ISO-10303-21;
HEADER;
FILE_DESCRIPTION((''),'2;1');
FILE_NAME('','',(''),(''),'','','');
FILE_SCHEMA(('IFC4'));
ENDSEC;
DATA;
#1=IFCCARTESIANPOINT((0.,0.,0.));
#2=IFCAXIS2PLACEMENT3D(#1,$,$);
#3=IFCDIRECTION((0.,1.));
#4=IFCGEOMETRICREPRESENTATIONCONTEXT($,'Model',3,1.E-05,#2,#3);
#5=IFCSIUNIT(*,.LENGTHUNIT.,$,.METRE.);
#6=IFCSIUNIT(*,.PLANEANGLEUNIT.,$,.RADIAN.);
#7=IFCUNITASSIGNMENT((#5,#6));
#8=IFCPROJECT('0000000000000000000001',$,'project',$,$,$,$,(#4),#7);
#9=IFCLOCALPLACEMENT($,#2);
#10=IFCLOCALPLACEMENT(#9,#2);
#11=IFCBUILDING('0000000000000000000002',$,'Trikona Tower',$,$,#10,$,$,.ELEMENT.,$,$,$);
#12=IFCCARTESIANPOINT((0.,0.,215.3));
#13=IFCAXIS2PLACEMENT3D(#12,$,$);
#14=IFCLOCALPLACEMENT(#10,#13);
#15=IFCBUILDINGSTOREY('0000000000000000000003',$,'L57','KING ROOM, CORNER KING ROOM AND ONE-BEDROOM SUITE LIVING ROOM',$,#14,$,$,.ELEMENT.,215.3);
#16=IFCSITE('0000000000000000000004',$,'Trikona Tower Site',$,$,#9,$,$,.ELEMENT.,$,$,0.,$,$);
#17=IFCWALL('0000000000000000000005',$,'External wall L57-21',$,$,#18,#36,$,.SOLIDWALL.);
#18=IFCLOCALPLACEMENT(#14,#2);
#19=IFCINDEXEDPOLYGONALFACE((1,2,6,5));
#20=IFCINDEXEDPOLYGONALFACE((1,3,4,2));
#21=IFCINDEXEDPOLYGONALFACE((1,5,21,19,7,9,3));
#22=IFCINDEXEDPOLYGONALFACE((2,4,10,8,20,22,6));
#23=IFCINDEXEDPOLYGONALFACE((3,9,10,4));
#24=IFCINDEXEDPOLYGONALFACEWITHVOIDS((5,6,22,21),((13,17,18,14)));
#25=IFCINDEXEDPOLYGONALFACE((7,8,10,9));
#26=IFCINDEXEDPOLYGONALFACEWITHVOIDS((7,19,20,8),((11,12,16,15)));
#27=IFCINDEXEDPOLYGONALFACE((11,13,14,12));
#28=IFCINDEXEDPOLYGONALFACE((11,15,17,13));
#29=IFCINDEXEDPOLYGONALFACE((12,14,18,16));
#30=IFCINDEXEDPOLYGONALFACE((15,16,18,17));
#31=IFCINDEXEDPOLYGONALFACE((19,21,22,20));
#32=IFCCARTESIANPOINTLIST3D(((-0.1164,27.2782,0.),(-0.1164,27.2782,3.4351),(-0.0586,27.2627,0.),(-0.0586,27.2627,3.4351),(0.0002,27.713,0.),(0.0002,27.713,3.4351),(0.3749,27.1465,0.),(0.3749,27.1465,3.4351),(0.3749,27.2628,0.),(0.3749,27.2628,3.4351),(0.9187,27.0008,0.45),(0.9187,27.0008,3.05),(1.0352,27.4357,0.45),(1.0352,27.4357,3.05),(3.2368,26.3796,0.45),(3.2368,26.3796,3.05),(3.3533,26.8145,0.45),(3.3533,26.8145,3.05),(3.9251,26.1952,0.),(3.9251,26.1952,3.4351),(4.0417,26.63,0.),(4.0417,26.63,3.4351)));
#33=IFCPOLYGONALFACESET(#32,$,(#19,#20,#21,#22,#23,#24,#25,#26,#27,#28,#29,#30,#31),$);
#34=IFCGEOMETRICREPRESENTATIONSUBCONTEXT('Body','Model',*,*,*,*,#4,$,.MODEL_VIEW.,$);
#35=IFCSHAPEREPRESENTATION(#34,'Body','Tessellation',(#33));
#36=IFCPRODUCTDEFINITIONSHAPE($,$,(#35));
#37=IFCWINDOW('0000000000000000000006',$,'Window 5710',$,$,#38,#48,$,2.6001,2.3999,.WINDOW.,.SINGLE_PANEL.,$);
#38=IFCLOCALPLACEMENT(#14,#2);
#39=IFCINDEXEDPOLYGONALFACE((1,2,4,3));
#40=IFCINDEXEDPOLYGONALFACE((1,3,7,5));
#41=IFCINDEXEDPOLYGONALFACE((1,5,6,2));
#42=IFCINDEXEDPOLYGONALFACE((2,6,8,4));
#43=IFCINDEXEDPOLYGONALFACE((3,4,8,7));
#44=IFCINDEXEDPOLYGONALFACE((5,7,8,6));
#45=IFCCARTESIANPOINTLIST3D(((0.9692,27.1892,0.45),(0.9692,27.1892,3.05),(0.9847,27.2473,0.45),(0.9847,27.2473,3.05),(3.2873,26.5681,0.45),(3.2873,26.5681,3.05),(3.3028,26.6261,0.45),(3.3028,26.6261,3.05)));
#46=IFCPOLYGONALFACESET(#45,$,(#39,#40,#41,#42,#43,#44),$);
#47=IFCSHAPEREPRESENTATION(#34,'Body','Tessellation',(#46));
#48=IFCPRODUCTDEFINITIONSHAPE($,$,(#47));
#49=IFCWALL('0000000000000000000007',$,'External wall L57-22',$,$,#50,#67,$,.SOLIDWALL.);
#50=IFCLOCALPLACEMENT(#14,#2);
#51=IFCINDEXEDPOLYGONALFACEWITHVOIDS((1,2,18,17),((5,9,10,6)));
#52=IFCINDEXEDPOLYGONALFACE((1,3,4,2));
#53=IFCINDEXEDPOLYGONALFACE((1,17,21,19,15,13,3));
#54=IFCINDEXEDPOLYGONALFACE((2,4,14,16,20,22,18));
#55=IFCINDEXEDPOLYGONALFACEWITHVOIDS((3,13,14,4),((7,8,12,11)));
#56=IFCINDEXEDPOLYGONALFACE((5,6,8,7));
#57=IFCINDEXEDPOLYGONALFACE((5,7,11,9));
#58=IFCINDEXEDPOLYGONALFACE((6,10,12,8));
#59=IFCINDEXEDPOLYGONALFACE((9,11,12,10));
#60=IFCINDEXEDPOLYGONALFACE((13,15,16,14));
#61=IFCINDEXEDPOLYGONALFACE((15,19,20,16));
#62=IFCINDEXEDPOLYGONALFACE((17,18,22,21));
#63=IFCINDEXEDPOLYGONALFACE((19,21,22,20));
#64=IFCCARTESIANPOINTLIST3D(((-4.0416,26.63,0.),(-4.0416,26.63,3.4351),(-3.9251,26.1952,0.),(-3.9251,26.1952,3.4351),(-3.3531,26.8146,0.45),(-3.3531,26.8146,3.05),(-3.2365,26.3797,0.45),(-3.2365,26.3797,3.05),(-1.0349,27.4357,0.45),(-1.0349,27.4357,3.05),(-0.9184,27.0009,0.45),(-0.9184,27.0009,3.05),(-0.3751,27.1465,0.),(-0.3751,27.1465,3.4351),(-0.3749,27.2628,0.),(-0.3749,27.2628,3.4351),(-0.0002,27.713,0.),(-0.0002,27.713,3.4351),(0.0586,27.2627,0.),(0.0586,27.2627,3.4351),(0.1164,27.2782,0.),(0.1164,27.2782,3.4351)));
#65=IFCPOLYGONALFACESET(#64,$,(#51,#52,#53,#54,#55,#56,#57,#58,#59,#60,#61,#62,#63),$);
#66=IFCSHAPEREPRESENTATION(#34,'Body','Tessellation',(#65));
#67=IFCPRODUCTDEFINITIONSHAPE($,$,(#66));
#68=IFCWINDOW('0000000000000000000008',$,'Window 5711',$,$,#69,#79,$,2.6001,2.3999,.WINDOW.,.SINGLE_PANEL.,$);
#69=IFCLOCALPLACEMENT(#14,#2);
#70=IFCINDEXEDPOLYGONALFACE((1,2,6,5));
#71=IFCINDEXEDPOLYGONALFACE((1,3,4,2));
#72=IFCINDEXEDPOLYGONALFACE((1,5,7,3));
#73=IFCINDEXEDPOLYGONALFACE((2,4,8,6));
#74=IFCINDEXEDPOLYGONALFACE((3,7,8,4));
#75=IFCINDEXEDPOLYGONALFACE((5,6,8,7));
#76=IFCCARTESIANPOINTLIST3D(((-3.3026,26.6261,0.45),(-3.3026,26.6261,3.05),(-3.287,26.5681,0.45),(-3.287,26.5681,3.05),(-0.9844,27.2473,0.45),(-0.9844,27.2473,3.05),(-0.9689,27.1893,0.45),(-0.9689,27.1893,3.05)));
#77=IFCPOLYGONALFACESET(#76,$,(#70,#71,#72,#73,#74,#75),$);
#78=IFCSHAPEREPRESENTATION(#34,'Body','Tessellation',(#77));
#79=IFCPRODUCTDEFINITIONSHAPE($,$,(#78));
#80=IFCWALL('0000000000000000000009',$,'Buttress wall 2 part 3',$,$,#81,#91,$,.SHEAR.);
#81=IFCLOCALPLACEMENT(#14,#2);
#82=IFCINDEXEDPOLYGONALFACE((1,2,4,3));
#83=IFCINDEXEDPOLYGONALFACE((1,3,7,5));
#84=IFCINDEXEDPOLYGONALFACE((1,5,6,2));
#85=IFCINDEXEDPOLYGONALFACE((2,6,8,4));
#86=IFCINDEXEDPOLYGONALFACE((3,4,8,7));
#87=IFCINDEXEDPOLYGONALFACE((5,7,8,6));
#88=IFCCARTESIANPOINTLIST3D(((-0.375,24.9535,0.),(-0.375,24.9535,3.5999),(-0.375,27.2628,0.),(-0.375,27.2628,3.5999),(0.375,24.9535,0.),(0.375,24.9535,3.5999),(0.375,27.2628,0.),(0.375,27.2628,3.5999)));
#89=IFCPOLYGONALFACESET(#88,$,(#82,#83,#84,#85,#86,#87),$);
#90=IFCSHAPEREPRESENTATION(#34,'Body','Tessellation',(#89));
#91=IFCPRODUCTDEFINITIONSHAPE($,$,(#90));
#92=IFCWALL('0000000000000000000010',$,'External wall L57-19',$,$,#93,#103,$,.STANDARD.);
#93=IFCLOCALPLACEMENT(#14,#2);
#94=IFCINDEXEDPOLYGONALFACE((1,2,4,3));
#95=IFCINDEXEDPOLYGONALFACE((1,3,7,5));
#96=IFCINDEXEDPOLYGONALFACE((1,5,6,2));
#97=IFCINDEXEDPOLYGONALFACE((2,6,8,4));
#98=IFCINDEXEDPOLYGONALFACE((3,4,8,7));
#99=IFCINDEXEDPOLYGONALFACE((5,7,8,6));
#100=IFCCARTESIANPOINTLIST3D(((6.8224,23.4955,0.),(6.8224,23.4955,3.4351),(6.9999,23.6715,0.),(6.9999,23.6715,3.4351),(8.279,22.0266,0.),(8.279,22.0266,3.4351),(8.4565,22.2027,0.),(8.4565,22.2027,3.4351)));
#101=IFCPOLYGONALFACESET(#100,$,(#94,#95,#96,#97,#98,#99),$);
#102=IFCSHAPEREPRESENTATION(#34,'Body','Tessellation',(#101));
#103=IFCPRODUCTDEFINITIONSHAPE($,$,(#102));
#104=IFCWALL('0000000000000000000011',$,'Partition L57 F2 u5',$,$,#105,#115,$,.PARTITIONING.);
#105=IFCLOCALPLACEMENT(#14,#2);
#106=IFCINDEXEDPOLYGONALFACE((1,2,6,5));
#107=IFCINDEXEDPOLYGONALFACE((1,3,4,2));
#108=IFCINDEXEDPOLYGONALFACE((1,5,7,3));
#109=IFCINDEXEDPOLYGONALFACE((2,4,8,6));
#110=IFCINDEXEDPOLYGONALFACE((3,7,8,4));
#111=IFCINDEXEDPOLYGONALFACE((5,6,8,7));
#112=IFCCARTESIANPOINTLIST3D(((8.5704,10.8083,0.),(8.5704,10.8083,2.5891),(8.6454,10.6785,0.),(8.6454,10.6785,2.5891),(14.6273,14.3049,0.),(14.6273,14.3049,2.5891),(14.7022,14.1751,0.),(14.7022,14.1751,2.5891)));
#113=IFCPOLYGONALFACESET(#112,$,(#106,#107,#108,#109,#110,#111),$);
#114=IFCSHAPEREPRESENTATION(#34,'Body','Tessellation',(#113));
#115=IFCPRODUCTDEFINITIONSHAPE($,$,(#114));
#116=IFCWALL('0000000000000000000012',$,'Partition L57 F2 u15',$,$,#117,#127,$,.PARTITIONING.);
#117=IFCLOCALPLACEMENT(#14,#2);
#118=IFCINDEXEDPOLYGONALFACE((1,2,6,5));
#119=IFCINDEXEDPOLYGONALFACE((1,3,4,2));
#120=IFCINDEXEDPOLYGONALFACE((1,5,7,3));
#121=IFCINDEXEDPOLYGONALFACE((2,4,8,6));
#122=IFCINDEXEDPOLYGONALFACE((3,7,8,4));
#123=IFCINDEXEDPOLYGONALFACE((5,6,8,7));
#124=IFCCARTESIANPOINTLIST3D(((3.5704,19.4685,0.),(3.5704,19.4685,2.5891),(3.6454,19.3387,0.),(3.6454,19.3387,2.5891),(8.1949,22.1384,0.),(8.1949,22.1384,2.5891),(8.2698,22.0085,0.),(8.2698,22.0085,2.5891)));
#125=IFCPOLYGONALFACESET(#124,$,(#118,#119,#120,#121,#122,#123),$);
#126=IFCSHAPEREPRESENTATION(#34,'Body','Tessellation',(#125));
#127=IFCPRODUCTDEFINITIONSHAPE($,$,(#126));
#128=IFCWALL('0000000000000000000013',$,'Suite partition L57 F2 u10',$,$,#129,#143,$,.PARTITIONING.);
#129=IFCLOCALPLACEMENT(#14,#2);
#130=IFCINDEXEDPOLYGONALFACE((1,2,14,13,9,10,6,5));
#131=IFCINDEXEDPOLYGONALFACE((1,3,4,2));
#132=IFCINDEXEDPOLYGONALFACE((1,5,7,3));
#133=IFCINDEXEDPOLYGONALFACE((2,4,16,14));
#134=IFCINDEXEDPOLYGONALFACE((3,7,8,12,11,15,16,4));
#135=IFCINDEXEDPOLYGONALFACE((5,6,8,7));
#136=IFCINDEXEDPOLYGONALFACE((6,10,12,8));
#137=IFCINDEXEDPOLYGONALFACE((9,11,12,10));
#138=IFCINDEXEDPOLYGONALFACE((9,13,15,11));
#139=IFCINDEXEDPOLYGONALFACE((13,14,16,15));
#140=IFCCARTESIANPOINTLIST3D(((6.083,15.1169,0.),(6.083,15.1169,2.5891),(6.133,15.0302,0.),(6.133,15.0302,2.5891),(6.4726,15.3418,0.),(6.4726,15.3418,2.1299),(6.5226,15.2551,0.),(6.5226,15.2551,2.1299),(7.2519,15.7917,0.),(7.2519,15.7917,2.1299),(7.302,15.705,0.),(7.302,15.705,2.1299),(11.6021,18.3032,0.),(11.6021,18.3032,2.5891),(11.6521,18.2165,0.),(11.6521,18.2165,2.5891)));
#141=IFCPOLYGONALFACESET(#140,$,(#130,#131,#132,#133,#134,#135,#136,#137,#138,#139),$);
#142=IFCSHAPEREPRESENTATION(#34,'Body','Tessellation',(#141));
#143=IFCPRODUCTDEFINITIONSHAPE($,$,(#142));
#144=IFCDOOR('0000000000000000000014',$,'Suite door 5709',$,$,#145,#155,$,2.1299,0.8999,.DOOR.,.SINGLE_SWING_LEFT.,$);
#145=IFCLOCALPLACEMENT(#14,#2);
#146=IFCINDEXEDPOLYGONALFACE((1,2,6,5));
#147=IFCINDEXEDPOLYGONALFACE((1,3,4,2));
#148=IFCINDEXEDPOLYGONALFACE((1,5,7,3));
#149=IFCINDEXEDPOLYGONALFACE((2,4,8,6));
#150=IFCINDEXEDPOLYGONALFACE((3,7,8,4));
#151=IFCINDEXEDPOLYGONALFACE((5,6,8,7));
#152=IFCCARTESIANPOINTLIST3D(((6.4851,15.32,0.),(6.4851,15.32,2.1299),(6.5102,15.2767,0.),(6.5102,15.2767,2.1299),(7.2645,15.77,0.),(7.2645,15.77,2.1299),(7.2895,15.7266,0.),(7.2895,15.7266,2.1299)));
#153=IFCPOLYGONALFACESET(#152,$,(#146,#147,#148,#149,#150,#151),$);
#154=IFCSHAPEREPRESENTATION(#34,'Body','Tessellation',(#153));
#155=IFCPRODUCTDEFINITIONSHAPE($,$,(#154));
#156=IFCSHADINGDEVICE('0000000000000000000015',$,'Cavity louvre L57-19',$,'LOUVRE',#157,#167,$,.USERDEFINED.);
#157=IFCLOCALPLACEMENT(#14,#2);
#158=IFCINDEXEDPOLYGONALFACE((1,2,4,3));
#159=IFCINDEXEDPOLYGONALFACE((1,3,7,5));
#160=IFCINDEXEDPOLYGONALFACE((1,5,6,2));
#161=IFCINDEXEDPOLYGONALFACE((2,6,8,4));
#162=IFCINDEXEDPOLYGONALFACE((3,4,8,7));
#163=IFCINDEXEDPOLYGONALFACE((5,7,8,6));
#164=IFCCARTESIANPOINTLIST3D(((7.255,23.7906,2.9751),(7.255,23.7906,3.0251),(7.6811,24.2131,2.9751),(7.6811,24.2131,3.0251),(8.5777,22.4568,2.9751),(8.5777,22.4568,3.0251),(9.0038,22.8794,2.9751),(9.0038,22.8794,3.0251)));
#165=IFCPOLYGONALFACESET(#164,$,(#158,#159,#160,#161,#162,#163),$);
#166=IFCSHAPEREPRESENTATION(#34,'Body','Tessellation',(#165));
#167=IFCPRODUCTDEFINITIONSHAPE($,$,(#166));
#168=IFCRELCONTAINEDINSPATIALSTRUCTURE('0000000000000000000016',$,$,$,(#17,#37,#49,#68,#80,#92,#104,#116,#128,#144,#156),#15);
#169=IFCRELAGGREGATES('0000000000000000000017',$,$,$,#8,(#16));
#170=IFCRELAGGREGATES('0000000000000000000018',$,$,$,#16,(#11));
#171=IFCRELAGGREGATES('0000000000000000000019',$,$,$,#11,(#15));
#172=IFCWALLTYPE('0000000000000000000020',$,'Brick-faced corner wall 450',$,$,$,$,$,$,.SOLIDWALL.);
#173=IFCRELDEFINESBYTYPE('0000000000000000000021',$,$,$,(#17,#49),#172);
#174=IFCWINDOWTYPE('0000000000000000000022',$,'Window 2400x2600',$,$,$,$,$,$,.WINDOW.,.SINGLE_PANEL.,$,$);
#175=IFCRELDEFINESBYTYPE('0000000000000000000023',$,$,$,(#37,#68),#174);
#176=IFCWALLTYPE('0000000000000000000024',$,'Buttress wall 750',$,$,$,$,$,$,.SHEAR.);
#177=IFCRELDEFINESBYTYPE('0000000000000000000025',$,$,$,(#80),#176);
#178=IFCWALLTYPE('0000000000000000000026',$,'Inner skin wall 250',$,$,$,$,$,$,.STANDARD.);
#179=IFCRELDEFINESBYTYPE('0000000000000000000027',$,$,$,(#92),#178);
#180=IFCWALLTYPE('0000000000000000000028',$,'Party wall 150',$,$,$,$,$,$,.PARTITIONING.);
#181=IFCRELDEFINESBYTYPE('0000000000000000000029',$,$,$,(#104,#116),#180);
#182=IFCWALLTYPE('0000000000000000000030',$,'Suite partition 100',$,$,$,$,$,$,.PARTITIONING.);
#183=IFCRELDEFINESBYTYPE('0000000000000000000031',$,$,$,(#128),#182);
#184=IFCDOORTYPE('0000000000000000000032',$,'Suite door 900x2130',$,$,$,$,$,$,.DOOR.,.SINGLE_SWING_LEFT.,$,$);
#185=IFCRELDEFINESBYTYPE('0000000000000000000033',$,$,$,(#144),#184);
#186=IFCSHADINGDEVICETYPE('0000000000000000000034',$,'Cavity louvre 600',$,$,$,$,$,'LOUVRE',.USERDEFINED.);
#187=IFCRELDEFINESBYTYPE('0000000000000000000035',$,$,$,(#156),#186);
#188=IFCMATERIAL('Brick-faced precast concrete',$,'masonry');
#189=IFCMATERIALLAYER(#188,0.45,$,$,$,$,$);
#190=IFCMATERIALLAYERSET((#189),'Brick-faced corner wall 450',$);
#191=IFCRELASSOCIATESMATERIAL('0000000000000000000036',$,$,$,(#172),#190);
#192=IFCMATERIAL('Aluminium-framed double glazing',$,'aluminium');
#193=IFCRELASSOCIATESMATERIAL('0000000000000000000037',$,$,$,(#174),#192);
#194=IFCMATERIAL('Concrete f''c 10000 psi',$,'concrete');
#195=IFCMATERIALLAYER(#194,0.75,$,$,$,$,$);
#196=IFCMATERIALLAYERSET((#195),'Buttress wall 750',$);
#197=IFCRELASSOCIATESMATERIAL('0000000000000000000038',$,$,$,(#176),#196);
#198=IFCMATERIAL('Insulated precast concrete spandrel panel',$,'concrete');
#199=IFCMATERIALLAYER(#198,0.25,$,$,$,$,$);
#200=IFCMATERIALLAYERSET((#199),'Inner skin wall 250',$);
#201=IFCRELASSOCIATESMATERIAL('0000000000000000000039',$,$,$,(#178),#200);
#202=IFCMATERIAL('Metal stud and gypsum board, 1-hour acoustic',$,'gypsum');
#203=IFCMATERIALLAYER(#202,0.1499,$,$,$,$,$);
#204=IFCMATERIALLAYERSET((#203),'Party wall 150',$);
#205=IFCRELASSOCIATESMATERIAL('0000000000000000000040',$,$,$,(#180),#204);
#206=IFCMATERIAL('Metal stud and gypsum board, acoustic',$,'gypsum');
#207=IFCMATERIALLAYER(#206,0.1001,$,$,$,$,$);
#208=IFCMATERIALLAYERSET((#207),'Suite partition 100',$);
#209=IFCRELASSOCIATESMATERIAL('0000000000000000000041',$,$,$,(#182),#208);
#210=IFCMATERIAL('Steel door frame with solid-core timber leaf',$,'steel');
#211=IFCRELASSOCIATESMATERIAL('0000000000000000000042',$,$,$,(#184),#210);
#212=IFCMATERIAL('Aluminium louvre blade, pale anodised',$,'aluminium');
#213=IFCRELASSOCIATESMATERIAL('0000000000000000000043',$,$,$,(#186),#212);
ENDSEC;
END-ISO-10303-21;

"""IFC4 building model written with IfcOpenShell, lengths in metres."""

from ifc_helpers import new_model, si_unit, direction, frame, frame_2d, origin, origin_2d, place, context, subcontext, project, spatial, polyline, rectangle, outline, extrude, material, layer, layer_set, type_object, element, fill, save


model = new_model("IFC4")

# Units and contexts
model_context = context("Model", 3, precision=1e-05, world=origin(), true_north=direction((0.0, 1.0)))
body_context = subcontext(model_context, "Body", "Model", "MODEL_VIEW")
ifc_project = project(units=[si_unit("LENGTHUNIT", "METRE"), si_unit("PLANEANGLEUNIT", "RADIAN")], contexts=[model_context])

# Site, building, storey
site_placement = place(None, origin())
site = spatial("IfcSite", under=ifc_project, at=site_placement, Name="Trikona Tower Site", CompositionType="ELEMENT", RefElevation=0.0)
building_placement = place(site_placement, origin())
building = spatial("IfcBuilding", under=site, at=building_placement, Name="Trikona Tower", CompositionType="ELEMENT")
storey_placement = place(building_placement, frame((0.0, 0.0, 215.3)))
storey = spatial("IfcBuildingStorey", under=building, at=storey_placement, Name="L57", Description="KING ROOM, CORNER KING ROOM AND ONE-BEDROOM SUITE LIVING ROOM", CompositionType="ELEMENT", Elevation=215.3)

# Walls, openings, windows
ifc_material_1 = material(Name="Brick-faced precast concrete", Category="masonry")
ifc_layer_1 = layer(ifc_material_1, 0.45)
ifc_layer_set_1 = layer_set([ifc_layer_1], Name="Brick-faced corner wall 450")
wall_type_1 = type_object("IfcWallType", Name="Brick-faced corner wall 450", PredefinedType="SOLIDWALL", material=ifc_layer_set_1)
wall_1_placement = place(storey_placement, frame((3.9834, 26.4126, 0.0), z_axis=(0.0, 0.0, 1.0), x_axis=(-0.96592, 0.258839, 0.0)))
wall_1 = element("IfcWall", 1, at=wall_1_placement, inside=storey, type_object=wall_type_1, Name="External wall L57-21", PredefinedType="SOLIDWALL", context=body_context, shape_type="SweptSolid", body=[
    extrude(outline(polyline([(4.1841, 0.2251), (4.1243, 0.2251), (3.7056, 0.1128), (3.6755, 0.2251), (0.0, 0.2251), (0.0, -0.2251), (4.1841, -0.2251), (4.1841, 0.2251)])), origin(), (0.0, 0.0, 1.0), 3.4351),
])
opening_1_placement = place(wall_1_placement, frame((0.7126, 0.0, 0.45)))
opening_1 = element("IfcOpeningElement", 2, at=opening_1_placement, cuts=wall_1, PredefinedType="OPENING", context=body_context, shape_type="SweptSolid", body=[
    extrude(rectangle(XDim=2.3999, YDim=2.6001, at=frame_2d((1.2, 1.3))), frame((0.0, 0.2349, 0.0), z_axis=(0.0, -1.0, 0.0), x_axis=(1.0, 0.0, 0.0)), (0.0, 0.0, 1.0), 0.47),
])
ifc_material_2 = material(Name="Aluminium-framed double glazing", Category="aluminium")
window_type_1 = type_object("IfcWindowType", Name="Window 2400x2600", PartitioningType="SINGLE_PANEL", PredefinedType="WINDOW", material=ifc_material_2)
window_1_placement = place(opening_1_placement, origin())
window_1 = element("IfcWindow", 3, at=window_1_placement, inside=storey, type_object=window_type_1, Name="Window 5710", OverallHeight=2.6001, OverallWidth=2.3999, PartitioningType="SINGLE_PANEL", PredefinedType="WINDOW", context=body_context, shape_type="SweptSolid", body=[
    extrude(rectangle(XDim=2.3999, YDim=2.6001, at=frame_2d((1.2, 1.3))), frame((0.0, 0.03, 0.0), z_axis=(0.0, -1.0, 0.0), x_axis=(1.0, 0.0, 0.0)), (0.0, 0.0, 1.0), 0.0601),
])
fill(opening_1, window_1)
wall_2_placement = place(storey_placement, frame((0.0581, 27.4956, 0.0), z_axis=(0.0, 0.0, 1.0), x_axis=(-0.96592, -0.258839, 0.0)))
wall_2 = element("IfcWall", 4, at=wall_2_placement, inside=storey, type_object=wall_type_1, Name="External wall L57-22", PredefinedType="SOLIDWALL", context=body_context, shape_type="SweptSolid", body=[
    extrude(outline(polyline([(4.1841, 0.2251), (0.5088, 0.2251), (0.4785, 0.1128), (0.0598, 0.2251), (0.0, 0.2251), (0.0, -0.2251), (4.1841, -0.2251), (4.1841, 0.2251)])), origin(), (0.0, 0.0, 1.0), 3.4351),
])
opening_2_placement = place(wall_2_placement, frame((1.0713, 0.0, 0.45)))
opening_2 = element("IfcOpeningElement", 5, at=opening_2_placement, cuts=wall_2, PredefinedType="OPENING", context=body_context, shape_type="SweptSolid", body=[
    extrude(rectangle(XDim=2.3999, YDim=2.6001, at=frame_2d((1.2, 1.3))), frame((0.0, 0.2349, 0.0), z_axis=(0.0, -1.0, 0.0), x_axis=(1.0, 0.0, 0.0)), (0.0, 0.0, 1.0), 0.47),
])
window_2_placement = place(opening_2_placement, origin())
window_2 = element("IfcWindow", 6, at=window_2_placement, inside=storey, type_object=window_type_1, Name="Window 5711", OverallHeight=2.6001, OverallWidth=2.3999, PartitioningType="SINGLE_PANEL", PredefinedType="WINDOW", context=body_context, shape_type="SweptSolid", body=[
    extrude(rectangle(XDim=2.3999, YDim=2.6001, at=frame_2d((1.2, 1.3))), frame((0.0, 0.03, 0.0), z_axis=(0.0, -1.0, 0.0), x_axis=(1.0, 0.0, 0.0)), (0.0, 0.0, 1.0), 0.0601),
])
fill(opening_2, window_2)

# Walls
ifc_material_3 = material(Name="Concrete f'c 10000 psi", Category="concrete")
ifc_layer_2 = layer(ifc_material_3, 0.75)
ifc_layer_set_2 = layer_set([ifc_layer_2], Name="Buttress wall 750")
wall_type_2 = type_object("IfcWallType", Name="Buttress wall 750", PredefinedType="SHEAR", material=ifc_layer_set_2)
wall_3_placement = place(storey_placement, frame((0.0, 24.9534, 0.0), z_axis=(0.0, 0.0, 1.0), x_axis=(0.0, 1.0, 0.0)))
element("IfcWall", 7, at=wall_3_placement, inside=storey, type_object=wall_type_2, Name="Buttress wall 2 part 3", PredefinedType="SHEAR", context=body_context, shape_type="SweptSolid", body=[
    extrude(rectangle(XDim=2.3093, YDim=0.75, at=frame_2d((1.1548, 0.0))), origin(), (0.0, 0.0, 1.0), 3.5999),
])
ifc_material_4 = material(Name="Insulated precast concrete spandrel panel", Category="concrete")
ifc_layer_3 = layer(ifc_material_4, 0.25)
ifc_layer_set_3 = layer_set([ifc_layer_3], Name="Inner skin wall 250")
wall_type_3 = type_object("IfcWallType", Name="Inner skin wall 250", PredefinedType="STANDARD", material=ifc_layer_set_3)
wall_4_placement = place(storey_placement, frame((8.3677, 22.1147, 0.0), z_axis=(0.0, 0.0, 1.0), x_axis=(-0.70415, 0.710051, 0.0)))
element("IfcWall", 8, at=wall_4_placement, inside=storey, type_object=wall_type_3, Name="External wall L57-19", PredefinedType="STANDARD", context=body_context, shape_type="SweptSolid", body=[
    extrude(rectangle(XDim=2.0686, YDim=0.25, at=frame_2d((1.0342, 0.0))), origin(), (0.0, 0.0, 1.0), 3.4351),
])
ifc_material_5 = material(Name="Metal stud and gypsum board, 1-hour acoustic", Category="gypsum")
ifc_layer_4 = layer(ifc_material_5, 0.1499)
ifc_layer_set_4 = layer_set([ifc_layer_4], Name="Party wall 150")
wall_type_4 = type_object("IfcWallType", Name="Party wall 150", PredefinedType="PARTITIONING", material=ifc_layer_set_4)
wall_5_placement = place(storey_placement, frame((8.6079, 10.7434, 0.0), z_axis=(0.0, 0.0, 1.0), x_axis=(0.866048, 0.499961, 0.0)))
element("IfcWall", 9, at=wall_5_placement, inside=storey, type_object=wall_type_4, Name="Partition L57 F2 u5", PredefinedType="PARTITIONING", context=body_context, shape_type="SweptSolid", body=[
    extrude(rectangle(XDim=6.9937, YDim=0.1499, at=frame_2d((3.4968, 0.0))), origin(), (0.0, 0.0, 1.0), 2.5891),
])
wall_6_placement = place(storey_placement, frame((3.6079, 19.4036, 0.0), z_axis=(0.0, 0.0, 1.0), x_axis=(0.866029, 0.499994, 0.0)))
element("IfcWall", 10, at=wall_6_placement, inside=storey, type_object=wall_type_4, Name="Partition L57 F2 u15", PredefinedType="PARTITIONING", context=body_context, shape_type="SweptSolid", body=[
    extrude(rectangle(XDim=5.3398, YDim=0.1499, at=frame_2d((2.6699, 0.0))), origin(), (0.0, 0.0, 1.0), 2.5891),
])

# Wall, opening, door
ifc_material_6 = material(Name="Metal stud and gypsum board, acoustic", Category="gypsum")
ifc_layer_5 = layer(ifc_material_6, 0.1001)
ifc_layer_set_5 = layer_set([ifc_layer_5], Name="Suite partition 100")
wall_type_5 = type_object("IfcWallType", Name="Suite partition 100", PredefinedType="PARTITIONING", material=ifc_layer_set_5)
wall_7_placement = place(storey_placement, frame((6.1079, 15.0735, 0.0), z_axis=(0.0, 0.0, 1.0), x_axis=(0.866035, 0.499983, 0.0)))
wall_7 = element("IfcWall", 11, at=wall_7_placement, inside=storey, type_object=wall_type_5, Name="Suite partition L57 F2 u10", PredefinedType="PARTITIONING", context=body_context, shape_type="SweptSolid", body=[
    extrude(rectangle(XDim=6.3728, YDim=0.1001, at=frame_2d((3.1865, 0.0))), origin(), (0.0, 0.0, 1.0), 2.5891),
])
opening_3_placement = place(wall_7_placement, frame((0.45, 0.0, 0.0)))
opening_3 = element("IfcOpeningElement", 12, at=opening_3_placement, cuts=wall_7, PredefinedType="OPENING", context=body_context, shape_type="SweptSolid", body=[
    extrude(rectangle(XDim=0.8999, YDim=2.1299, at=frame_2d((0.45, 1.0649))), frame((0.0, 0.0601, 0.0), z_axis=(0.0, -1.0, 0.0), x_axis=(1.0, 0.0, 0.0)), (0.0, 0.0, 1.0), 0.1201),
])
ifc_material_7 = material(Name="Steel door frame with solid-core timber leaf", Category="steel")
door_type_1 = type_object("IfcDoorType", Name="Suite door 900x2130", OperationType="SINGLE_SWING_LEFT", PredefinedType="DOOR", material=ifc_material_7)
door_1_placement = place(opening_3_placement, origin())
door_1 = element("IfcDoor", 13, at=door_1_placement, inside=storey, type_object=door_type_1, Name="Suite door 5709", OperationType="SINGLE_SWING_LEFT", OverallHeight=2.1299, OverallWidth=0.8999, PredefinedType="DOOR", context=body_context, shape_type="SweptSolid", body=[
    extrude(rectangle(XDim=0.8999, YDim=2.1299, at=frame_2d((0.45, 1.0649))), frame((0.0, 0.0249, 0.0), z_axis=(0.0, -1.0, 0.0), x_axis=(1.0, 0.0, 0.0)), (0.0, 0.0, 1.0), 0.05),
])
fill(opening_3, door_1)

# Shading device
ifc_material_8 = material(Name="Aluminium louvre blade, pale anodised", Category="aluminium")
shading_device_type = type_object("IfcShadingDeviceType", Name="Cavity louvre 600", ElementType="LOUVRE", PredefinedType="USERDEFINED", material=ifc_material_8)
shading_device_placement = place(storey_placement, frame((8.1294, 23.335, 2.9751), z_axis=(0.0, 0.0, 1.0), x_axis=(-0.704151, 0.71005, 0.0)))
element("IfcShadingDevice", 14, at=shading_device_placement, inside=storey, type_object=shading_device_type, Name="Cavity louvre L57-19", ObjectType="LOUVRE", PredefinedType="USERDEFINED", context=body_context, shape_type="SweptSolid", body=[
    extrude(rectangle(XDim=1.8784, YDim=0.6001, at=origin_2d()), origin(), (0.0, 0.0, 1.0), 0.05),
])

save(model, "model.ifc")
